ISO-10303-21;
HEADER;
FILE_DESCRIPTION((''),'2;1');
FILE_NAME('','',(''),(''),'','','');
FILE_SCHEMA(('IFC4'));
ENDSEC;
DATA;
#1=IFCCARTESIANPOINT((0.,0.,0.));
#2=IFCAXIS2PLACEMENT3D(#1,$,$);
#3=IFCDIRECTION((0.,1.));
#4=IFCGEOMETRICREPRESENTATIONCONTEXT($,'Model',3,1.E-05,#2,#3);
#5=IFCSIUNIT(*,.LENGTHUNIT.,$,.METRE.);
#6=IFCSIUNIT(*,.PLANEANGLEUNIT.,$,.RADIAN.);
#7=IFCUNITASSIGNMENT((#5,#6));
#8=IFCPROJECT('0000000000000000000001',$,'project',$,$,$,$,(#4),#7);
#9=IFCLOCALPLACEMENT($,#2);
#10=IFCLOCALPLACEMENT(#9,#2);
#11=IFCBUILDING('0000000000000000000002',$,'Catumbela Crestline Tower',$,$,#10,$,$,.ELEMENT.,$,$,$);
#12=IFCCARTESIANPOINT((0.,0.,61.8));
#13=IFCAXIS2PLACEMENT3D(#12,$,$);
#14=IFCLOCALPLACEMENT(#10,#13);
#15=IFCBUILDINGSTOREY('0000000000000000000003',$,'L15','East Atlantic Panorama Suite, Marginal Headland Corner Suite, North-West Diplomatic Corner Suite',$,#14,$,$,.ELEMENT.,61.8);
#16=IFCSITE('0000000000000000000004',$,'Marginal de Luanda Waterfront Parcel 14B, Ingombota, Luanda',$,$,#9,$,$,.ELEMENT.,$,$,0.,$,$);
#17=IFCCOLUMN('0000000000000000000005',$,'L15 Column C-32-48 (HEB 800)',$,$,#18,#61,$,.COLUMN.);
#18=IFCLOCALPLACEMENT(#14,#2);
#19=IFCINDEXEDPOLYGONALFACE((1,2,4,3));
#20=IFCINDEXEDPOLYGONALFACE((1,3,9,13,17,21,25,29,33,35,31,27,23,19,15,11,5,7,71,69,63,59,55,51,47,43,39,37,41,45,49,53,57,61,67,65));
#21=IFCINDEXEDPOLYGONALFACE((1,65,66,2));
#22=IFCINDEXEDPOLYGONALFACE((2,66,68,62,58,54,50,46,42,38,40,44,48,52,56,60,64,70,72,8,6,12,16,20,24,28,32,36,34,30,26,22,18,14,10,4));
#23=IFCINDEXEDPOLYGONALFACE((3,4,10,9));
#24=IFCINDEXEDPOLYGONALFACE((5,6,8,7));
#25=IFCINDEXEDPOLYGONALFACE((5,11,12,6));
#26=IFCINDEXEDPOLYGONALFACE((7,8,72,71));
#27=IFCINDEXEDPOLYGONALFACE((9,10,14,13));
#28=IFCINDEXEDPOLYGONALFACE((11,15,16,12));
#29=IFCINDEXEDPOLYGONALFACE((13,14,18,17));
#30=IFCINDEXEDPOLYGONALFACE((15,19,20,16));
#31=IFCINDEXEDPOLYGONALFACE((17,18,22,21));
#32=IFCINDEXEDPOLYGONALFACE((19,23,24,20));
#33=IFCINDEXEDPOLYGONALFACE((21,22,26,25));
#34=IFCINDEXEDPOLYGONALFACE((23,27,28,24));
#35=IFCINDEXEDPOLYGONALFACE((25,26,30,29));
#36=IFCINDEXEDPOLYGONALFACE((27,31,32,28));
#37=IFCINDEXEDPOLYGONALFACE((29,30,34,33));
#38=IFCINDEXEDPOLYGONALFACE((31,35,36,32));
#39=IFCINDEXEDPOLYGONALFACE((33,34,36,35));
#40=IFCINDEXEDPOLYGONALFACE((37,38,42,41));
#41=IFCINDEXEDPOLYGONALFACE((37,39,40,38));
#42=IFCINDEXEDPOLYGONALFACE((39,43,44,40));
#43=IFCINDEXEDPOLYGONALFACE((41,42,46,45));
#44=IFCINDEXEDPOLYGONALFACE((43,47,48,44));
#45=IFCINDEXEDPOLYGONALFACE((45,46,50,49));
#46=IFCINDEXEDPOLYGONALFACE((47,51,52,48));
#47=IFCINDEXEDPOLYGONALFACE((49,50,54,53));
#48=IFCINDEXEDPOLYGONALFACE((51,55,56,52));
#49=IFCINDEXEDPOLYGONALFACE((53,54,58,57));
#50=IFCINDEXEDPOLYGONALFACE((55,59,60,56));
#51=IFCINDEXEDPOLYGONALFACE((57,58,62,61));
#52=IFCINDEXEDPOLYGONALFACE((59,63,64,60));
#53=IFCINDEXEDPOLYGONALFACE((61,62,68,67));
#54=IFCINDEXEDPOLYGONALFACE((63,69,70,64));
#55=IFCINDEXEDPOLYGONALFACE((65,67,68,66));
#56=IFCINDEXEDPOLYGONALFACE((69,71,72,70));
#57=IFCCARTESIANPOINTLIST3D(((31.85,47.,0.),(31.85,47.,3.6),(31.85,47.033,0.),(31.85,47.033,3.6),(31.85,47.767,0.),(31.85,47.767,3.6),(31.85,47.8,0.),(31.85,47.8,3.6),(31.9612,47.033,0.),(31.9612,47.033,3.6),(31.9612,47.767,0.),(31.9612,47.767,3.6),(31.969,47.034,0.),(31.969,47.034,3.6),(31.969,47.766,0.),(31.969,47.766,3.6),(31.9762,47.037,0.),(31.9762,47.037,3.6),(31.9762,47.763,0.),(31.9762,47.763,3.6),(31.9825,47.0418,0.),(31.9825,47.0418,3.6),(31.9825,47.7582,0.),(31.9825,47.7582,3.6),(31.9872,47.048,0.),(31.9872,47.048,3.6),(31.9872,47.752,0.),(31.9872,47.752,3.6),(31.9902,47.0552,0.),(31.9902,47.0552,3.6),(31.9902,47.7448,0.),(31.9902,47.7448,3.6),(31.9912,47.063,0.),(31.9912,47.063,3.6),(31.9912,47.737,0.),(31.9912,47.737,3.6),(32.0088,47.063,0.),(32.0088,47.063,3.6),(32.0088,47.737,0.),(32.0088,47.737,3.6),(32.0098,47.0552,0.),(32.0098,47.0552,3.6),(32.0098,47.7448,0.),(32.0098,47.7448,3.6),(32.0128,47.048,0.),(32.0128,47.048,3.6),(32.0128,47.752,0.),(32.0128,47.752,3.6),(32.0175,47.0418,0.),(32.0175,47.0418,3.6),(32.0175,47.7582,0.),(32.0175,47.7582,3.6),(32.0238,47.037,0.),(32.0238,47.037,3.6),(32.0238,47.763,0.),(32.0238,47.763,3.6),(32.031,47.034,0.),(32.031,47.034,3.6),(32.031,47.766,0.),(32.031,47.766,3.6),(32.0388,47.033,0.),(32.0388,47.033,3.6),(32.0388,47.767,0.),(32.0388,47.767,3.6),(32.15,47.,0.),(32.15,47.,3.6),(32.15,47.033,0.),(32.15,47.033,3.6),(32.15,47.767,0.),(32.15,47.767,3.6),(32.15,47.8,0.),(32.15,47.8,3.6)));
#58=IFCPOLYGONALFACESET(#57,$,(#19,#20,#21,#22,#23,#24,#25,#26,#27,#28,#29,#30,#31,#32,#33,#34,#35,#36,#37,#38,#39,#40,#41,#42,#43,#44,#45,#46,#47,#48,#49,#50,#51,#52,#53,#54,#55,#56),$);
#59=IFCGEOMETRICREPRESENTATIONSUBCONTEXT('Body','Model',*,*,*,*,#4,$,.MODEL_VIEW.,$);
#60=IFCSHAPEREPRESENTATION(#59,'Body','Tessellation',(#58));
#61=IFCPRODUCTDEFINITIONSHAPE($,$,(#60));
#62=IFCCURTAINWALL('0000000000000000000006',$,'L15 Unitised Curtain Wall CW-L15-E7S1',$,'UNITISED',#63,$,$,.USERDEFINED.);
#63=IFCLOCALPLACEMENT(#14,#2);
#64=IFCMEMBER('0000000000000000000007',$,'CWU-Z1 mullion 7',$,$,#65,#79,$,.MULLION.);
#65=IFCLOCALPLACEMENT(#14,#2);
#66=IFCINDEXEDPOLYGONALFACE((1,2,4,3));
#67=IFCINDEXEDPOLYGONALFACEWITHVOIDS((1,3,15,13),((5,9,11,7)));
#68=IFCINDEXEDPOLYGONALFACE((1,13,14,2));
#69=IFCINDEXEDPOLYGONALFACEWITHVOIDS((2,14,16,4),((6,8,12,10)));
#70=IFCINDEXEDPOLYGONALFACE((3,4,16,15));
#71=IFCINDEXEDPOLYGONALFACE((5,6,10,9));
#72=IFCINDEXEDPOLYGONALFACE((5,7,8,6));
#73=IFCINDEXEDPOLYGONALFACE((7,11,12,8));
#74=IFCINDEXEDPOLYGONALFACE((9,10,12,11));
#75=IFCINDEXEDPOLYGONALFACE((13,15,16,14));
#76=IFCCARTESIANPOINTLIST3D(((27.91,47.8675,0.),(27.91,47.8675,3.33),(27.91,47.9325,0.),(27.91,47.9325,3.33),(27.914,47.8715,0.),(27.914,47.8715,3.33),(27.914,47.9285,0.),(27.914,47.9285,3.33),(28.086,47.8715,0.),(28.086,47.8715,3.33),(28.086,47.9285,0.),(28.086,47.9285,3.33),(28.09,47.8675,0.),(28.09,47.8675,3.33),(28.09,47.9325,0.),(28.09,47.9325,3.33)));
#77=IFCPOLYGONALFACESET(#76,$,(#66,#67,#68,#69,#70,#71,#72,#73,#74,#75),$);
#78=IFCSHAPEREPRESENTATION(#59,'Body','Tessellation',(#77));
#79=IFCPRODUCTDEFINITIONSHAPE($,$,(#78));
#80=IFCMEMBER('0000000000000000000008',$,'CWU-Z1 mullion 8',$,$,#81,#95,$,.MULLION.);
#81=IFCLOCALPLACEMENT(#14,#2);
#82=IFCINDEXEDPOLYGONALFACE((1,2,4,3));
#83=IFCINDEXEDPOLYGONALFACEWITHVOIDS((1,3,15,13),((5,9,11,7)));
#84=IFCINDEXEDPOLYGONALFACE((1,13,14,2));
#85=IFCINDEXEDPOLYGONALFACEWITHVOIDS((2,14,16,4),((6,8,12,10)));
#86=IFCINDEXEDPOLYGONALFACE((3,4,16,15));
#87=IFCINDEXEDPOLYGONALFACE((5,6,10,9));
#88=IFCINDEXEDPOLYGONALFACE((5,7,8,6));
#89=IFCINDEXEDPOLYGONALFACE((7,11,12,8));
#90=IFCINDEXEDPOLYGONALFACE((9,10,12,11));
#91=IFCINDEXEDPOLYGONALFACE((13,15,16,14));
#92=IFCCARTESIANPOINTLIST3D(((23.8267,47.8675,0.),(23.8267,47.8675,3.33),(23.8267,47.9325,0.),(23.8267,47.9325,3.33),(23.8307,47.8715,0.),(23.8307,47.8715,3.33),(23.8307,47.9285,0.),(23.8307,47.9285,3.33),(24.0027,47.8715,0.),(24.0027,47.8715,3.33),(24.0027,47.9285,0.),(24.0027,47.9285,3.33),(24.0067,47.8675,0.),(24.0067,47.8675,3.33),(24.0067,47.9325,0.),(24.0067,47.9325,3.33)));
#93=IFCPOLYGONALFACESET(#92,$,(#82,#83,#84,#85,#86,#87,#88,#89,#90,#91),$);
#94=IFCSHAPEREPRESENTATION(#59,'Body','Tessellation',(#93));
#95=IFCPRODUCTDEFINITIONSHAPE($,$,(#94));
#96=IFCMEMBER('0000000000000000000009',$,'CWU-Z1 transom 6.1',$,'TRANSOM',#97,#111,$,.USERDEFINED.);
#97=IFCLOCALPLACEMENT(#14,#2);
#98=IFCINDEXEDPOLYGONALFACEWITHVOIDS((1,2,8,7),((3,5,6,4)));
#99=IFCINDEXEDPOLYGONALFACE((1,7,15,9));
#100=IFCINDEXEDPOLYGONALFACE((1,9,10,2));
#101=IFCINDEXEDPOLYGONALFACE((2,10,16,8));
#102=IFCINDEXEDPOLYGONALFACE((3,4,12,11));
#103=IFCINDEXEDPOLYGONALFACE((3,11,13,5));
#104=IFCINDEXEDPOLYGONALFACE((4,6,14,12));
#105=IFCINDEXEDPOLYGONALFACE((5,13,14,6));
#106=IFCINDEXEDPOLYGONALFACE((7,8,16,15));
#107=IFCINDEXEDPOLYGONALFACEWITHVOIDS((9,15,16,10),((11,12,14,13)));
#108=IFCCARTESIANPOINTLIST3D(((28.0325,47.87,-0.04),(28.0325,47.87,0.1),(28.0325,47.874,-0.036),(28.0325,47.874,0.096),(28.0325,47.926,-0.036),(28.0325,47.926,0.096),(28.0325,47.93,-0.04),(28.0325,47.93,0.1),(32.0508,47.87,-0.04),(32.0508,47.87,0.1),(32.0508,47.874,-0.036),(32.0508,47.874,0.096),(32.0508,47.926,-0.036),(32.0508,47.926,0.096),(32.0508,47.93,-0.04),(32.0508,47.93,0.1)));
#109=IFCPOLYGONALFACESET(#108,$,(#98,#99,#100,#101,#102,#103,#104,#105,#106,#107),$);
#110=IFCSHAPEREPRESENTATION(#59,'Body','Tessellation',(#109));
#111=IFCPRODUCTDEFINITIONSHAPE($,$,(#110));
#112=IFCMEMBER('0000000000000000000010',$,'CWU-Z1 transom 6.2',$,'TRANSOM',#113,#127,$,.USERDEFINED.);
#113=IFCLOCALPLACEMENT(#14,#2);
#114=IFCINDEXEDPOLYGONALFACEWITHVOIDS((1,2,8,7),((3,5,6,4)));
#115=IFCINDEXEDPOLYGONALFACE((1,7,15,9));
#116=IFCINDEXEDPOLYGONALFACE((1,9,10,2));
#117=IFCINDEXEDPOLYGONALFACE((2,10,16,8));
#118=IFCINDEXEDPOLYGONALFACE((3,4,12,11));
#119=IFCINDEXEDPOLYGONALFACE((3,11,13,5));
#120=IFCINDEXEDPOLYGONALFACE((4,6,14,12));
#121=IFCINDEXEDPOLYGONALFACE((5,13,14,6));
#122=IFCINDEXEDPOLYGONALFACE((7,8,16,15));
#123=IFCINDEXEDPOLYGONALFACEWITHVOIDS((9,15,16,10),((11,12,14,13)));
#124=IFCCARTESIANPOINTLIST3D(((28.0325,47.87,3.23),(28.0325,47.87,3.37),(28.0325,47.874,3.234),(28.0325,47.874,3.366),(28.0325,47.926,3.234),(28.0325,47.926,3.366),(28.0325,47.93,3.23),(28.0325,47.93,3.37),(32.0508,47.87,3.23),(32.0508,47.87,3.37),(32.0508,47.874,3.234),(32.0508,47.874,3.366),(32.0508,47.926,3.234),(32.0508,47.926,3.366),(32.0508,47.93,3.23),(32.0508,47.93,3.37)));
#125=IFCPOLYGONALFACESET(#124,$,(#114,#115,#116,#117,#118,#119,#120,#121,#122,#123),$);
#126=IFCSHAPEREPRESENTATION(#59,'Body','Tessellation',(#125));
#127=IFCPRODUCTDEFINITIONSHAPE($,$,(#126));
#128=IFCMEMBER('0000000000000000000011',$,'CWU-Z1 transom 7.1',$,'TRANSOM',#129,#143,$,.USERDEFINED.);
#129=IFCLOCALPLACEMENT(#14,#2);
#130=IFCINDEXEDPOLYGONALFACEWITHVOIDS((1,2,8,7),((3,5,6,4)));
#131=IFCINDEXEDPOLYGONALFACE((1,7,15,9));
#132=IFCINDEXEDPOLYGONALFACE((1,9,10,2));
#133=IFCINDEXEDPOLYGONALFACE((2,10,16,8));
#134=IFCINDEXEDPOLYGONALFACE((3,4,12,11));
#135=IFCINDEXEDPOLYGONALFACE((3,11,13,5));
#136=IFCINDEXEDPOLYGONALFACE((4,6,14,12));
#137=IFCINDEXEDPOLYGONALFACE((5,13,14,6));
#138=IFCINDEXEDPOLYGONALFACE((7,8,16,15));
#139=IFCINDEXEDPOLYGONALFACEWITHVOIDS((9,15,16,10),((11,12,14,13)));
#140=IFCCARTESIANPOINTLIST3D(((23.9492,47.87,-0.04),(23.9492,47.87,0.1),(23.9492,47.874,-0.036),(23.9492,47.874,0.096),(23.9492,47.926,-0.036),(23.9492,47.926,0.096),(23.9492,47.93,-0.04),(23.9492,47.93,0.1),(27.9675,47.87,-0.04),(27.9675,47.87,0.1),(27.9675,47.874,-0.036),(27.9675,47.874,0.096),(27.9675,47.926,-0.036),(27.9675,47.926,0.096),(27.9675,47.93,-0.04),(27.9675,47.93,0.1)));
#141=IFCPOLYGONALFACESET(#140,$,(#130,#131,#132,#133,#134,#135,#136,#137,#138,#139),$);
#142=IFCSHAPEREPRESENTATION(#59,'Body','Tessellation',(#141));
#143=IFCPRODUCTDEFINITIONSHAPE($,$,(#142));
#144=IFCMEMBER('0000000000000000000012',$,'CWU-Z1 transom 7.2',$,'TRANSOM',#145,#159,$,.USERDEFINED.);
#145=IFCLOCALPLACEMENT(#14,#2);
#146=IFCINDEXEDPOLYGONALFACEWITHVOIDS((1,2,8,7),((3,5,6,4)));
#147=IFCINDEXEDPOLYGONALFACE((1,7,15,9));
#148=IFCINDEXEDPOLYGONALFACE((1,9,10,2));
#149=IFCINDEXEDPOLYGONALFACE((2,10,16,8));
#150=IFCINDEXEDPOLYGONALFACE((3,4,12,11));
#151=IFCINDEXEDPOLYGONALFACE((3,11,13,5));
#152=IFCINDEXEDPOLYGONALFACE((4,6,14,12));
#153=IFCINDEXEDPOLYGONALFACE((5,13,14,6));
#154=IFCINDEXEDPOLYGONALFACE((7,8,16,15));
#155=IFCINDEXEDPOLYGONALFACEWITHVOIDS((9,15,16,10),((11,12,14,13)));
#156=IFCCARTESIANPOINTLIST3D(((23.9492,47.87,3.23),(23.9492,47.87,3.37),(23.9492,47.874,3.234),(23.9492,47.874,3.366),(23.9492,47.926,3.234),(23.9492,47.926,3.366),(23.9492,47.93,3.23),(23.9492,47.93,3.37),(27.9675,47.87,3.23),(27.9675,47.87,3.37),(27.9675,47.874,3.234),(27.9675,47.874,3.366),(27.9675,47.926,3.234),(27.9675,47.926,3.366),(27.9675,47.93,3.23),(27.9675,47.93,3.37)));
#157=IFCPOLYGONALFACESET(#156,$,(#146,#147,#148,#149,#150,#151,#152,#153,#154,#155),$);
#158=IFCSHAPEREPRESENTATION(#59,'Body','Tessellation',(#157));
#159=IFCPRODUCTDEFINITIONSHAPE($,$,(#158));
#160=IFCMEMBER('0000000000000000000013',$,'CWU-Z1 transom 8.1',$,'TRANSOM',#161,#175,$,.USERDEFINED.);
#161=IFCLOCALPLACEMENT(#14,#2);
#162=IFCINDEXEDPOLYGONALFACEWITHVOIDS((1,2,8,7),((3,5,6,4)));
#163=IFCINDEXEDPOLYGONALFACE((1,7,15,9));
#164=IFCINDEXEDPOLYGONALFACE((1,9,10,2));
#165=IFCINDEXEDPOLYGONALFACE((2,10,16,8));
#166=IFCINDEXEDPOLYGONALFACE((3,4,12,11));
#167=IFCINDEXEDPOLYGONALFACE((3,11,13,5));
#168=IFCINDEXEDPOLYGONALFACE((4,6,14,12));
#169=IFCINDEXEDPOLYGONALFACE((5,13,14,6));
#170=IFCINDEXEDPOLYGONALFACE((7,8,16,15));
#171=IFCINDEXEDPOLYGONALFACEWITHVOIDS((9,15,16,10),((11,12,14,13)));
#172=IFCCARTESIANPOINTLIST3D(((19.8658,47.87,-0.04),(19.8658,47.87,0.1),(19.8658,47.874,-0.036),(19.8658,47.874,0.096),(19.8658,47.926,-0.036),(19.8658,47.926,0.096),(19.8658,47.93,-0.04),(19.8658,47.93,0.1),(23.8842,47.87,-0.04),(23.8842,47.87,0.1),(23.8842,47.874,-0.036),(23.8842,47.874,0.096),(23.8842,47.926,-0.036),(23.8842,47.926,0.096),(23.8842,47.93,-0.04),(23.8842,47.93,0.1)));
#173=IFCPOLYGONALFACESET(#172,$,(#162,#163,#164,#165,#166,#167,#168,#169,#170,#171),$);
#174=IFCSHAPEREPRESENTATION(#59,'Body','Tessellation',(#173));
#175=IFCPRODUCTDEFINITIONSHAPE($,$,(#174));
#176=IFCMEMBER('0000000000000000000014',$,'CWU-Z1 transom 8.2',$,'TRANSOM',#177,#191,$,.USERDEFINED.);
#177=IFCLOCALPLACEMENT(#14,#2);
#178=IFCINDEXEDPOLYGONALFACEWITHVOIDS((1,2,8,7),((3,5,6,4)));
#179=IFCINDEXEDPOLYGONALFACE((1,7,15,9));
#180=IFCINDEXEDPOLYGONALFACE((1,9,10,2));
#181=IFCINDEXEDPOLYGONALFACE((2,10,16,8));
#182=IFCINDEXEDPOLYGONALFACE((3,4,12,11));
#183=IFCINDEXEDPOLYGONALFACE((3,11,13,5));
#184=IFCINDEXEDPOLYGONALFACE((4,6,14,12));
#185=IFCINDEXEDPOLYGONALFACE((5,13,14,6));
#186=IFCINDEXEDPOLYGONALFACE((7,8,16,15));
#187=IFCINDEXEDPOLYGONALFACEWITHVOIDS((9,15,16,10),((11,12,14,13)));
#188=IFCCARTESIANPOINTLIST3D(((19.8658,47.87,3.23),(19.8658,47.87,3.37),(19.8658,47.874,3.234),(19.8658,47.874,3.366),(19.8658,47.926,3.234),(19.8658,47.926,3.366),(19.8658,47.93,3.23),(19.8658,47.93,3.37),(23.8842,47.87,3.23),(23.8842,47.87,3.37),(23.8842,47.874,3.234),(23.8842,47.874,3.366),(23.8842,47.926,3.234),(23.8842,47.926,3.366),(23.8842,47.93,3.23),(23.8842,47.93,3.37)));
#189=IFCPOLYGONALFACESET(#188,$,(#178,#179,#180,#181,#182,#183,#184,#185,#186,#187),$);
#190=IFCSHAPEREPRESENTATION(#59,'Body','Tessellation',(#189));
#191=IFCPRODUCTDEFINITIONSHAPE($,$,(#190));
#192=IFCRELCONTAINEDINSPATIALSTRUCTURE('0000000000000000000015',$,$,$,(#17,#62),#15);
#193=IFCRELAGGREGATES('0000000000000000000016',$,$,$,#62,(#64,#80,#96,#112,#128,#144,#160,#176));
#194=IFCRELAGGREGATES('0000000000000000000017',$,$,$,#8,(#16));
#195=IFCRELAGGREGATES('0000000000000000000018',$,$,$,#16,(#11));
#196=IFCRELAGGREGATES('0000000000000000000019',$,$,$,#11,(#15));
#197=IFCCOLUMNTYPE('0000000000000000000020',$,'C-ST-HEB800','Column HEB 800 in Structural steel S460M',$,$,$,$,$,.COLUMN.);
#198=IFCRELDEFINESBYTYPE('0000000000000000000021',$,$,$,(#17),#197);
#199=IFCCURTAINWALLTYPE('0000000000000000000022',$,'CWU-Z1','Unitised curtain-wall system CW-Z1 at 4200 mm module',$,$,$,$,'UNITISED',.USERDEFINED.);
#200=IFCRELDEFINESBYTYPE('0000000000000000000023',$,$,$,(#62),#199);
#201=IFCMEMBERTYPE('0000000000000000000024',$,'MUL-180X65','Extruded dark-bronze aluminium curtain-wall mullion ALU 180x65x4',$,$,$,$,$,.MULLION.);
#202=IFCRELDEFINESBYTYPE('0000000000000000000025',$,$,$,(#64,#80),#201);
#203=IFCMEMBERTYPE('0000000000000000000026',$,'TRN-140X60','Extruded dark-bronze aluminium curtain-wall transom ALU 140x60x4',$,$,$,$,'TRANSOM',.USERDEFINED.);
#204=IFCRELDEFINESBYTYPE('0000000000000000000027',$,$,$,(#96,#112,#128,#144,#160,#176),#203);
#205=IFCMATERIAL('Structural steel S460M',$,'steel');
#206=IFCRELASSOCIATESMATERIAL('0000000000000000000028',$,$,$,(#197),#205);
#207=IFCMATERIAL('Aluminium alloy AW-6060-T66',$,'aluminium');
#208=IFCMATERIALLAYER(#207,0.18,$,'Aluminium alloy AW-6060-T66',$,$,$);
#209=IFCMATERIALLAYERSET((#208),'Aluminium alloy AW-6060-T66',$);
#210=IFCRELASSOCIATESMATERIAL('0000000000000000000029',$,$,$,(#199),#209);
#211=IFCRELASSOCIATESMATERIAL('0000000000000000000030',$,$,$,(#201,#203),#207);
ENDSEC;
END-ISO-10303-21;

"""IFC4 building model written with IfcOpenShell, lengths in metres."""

from ifc_helpers import new_model, si_unit, direction, frame, origin, origin_2d, place, context, subcontext, project, spatial, hollow_rectangle, i_section, extrude, material, layer, layer_set, material_profile, profile_set, type_object, element, aggregate, save


model = new_model("IFC4")

# Units and contexts
model_context = context("Model", 3, precision=1e-05, world=origin(), true_north=direction((0.0, 1.0)))
body_context = subcontext(model_context, "Body", "Model", "MODEL_VIEW")
ifc_project = project(units=[si_unit("LENGTHUNIT", "METRE"), si_unit("PLANEANGLEUNIT", "RADIAN")], contexts=[model_context])

# Site, building, storey
site_placement = place(None, origin())
site = spatial("IfcSite", under=ifc_project, at=site_placement, Name="Marginal de Luanda Waterfront Parcel 14B, Ingombota, Luanda", CompositionType="ELEMENT", RefElevation=0.0)
building_placement = place(site_placement, origin())
building = spatial("IfcBuilding", under=site, at=building_placement, Name="Catumbela Crestline Tower", CompositionType="ELEMENT")
storey_placement = place(building_placement, frame((0.0, 0.0, 61.8)))
storey = spatial("IfcBuildingStorey", under=building, at=storey_placement, Name="L15", Description="East Atlantic Panorama Suite, Marginal Headland Corner Suite, North-West Diplomatic Corner Suite", CompositionType="ELEMENT", Elevation=61.8)

# Column
ifc_material_1 = material(Name="Structural steel S460M", Category="steel")
ifc_material_profile_1 = material_profile(ifc_material_1, i_section(OverallWidth=0.3, OverallDepth=0.8, WebThickness=0.0175, FlangeThickness=0.033, FilletRadius=0.03, at=origin_2d()), Name="HEB 800")
ifc_profile_set_1 = profile_set([ifc_material_profile_1], Name="Structural steel S460M")
column_type = type_object("IfcColumnType", Name="C-ST-HEB800", Description="Column HEB 800 in Structural steel S460M", PredefinedType="COLUMN", material=ifc_profile_set_1)
column_placement = place(storey_placement, frame((32.0, 47.4, 0.0), z_axis=(0.0, 0.0, 1.0), x_axis=(1.0, 0.0, 0.0)))
element("IfcColumn", 1, at=column_placement, inside=storey, type_object=column_type, Name="L15 Column C-32-48 (HEB 800)", PredefinedType="COLUMN", context=body_context, shape_type="SweptSolid", body=[
    extrude(i_section(OverallWidth=0.3, OverallDepth=0.8, WebThickness=0.0175, FlangeThickness=0.033, FilletRadius=0.03, at=origin_2d()), origin(), (0.0, 0.0, 1.0), 3.6),
])

# Curtain wall, members
ifc_material_2 = material(Name="Aluminium alloy AW-6060-T66", Category="aluminium")
ifc_layer_1 = layer(ifc_material_2, 0.18, Name="Aluminium alloy AW-6060-T66")
ifc_layer_set_1 = layer_set([ifc_layer_1], Name="Aluminium alloy AW-6060-T66")
curtain_wall_type = type_object("IfcCurtainWallType", Name="CWU-Z1", Description="Unitised curtain-wall system CW-Z1 at 4200 mm module", ElementType="UNITISED", PredefinedType="USERDEFINED", material=ifc_layer_set_1)
curtain_wall_placement = place(storey_placement, origin())
curtain_wall = element("IfcCurtainWall", 2, at=curtain_wall_placement, inside=storey, type_object=curtain_wall_type, Name="L15 Unitised Curtain Wall CW-L15-E7S1", ObjectType="UNITISED", PredefinedType="USERDEFINED")
ifc_material_profile_2 = material_profile(ifc_material_2, hollow_rectangle(XDim=0.065, YDim=0.18, WallThickness=0.004, at=origin_2d()), Name="ALU 180x65x4")
ifc_profile_set_2 = profile_set([ifc_material_profile_2], Name="Aluminium alloy AW-6060-T66")
member_type_1 = type_object("IfcMemberType", Name="MUL-180X65", Description="Extruded dark-bronze aluminium curtain-wall mullion ALU 180x65x4", PredefinedType="MULLION", material=ifc_profile_set_2)
member_1_placement = place(storey_placement, frame((28.0, 47.9, 0.0), z_axis=(0.0, 0.0, 1.0), x_axis=(0.0, -1.0, 0.0)))
member_1 = element("IfcMember", 3, at=member_1_placement, type_object=member_type_1, Name="CWU-Z1 mullion 7", PredefinedType="MULLION", context=body_context, shape_type="SweptSolid", body=[
    extrude(hollow_rectangle(XDim=0.065, YDim=0.18, WallThickness=0.004, at=origin_2d()), origin(), (0.0, 0.0, 1.0), 3.33),
])
member_2_placement = place(storey_placement, frame((23.9167, 47.9, 0.0), z_axis=(0.0, 0.0, 1.0), x_axis=(0.0, -1.0, 0.0)))
member_2 = element("IfcMember", 4, at=member_2_placement, type_object=member_type_1, Name="CWU-Z1 mullion 8", PredefinedType="MULLION", context=body_context, shape_type="SweptSolid", body=[
    extrude(hollow_rectangle(XDim=0.065, YDim=0.18, WallThickness=0.004, at=origin_2d()), origin(), (0.0, 0.0, 1.0), 3.33),
])
ifc_material_profile_3 = material_profile(ifc_material_2, hollow_rectangle(XDim=0.06, YDim=0.14, WallThickness=0.004, at=origin_2d()), Name="ALU 140x60x4")
ifc_profile_set_3 = profile_set([ifc_material_profile_3], Name="Aluminium alloy AW-6060-T66")
member_type_2 = type_object("IfcMemberType", Name="TRN-140X60", Description="Extruded dark-bronze aluminium curtain-wall transom ALU 140x60x4", ElementType="TRANSOM", PredefinedType="USERDEFINED", material=ifc_profile_set_3)
member_3_placement = place(storey_placement, frame((32.0508, 47.9, 0.03), z_axis=(-1.0, 0.0, 0.0), x_axis=(0.0, -1.0, 0.0)))
member_3 = element("IfcMember", 5, at=member_3_placement, type_object=member_type_2, Name="CWU-Z1 transom 6.1", ObjectType="TRANSOM", PredefinedType="USERDEFINED", context=body_context, shape_type="SweptSolid", body=[
    extrude(hollow_rectangle(XDim=0.06, YDim=0.14, WallThickness=0.004, at=origin_2d()), origin(), (0.0, 0.0, 1.0), 4.0183),
])
member_4_placement = place(storey_placement, frame((32.0508, 47.9, 3.3), z_axis=(-1.0, 0.0, 0.0), x_axis=(0.0, -1.0, 0.0)))
member_4 = element("IfcMember", 6, at=member_4_placement, type_object=member_type_2, Name="CWU-Z1 transom 6.2", ObjectType="TRANSOM", PredefinedType="USERDEFINED", context=body_context, shape_type="SweptSolid", body=[
    extrude(hollow_rectangle(XDim=0.06, YDim=0.14, WallThickness=0.004, at=origin_2d()), origin(), (0.0, 0.0, 1.0), 4.0183),
])
member_5_placement = place(storey_placement, frame((27.9675, 47.9, 0.03), z_axis=(-1.0, 0.0, 0.0), x_axis=(0.0, -1.0, 0.0)))
member_5 = element("IfcMember", 7, at=member_5_placement, type_object=member_type_2, Name="CWU-Z1 transom 7.1", ObjectType="TRANSOM", PredefinedType="USERDEFINED", context=body_context, shape_type="SweptSolid", body=[
    extrude(hollow_rectangle(XDim=0.06, YDim=0.14, WallThickness=0.004, at=origin_2d()), origin(), (0.0, 0.0, 1.0), 4.0183),
])
member_6_placement = place(storey_placement, frame((27.9675, 47.9, 3.3), z_axis=(-1.0, 0.0, 0.0), x_axis=(0.0, -1.0, 0.0)))
member_6 = element("IfcMember", 8, at=member_6_placement, type_object=member_type_2, Name="CWU-Z1 transom 7.2", ObjectType="TRANSOM", PredefinedType="USERDEFINED", context=body_context, shape_type="SweptSolid", body=[
    extrude(hollow_rectangle(XDim=0.06, YDim=0.14, WallThickness=0.004, at=origin_2d()), origin(), (0.0, 0.0, 1.0), 4.0183),
])
member_7_placement = place(storey_placement, frame((23.8842, 47.9, 0.03), z_axis=(-1.0, 0.0, 0.0), x_axis=(0.0, -1.0, 0.0)))
member_7 = element("IfcMember", 9, at=member_7_placement, type_object=member_type_2, Name="CWU-Z1 transom 8.1", ObjectType="TRANSOM", PredefinedType="USERDEFINED", context=body_context, shape_type="SweptSolid", body=[
    extrude(hollow_rectangle(XDim=0.06, YDim=0.14, WallThickness=0.004, at=origin_2d()), origin(), (0.0, 0.0, 1.0), 4.0184),
])
member_8_placement = place(storey_placement, frame((23.8842, 47.9, 3.3), z_axis=(-1.0, 0.0, 0.0), x_axis=(0.0, -1.0, 0.0)))
member_8 = element("IfcMember", 10, at=member_8_placement, type_object=member_type_2, Name="CWU-Z1 transom 8.2", ObjectType="TRANSOM", PredefinedType="USERDEFINED", context=body_context, shape_type="SweptSolid", body=[
    extrude(hollow_rectangle(XDim=0.06, YDim=0.14, WallThickness=0.004, at=origin_2d()), origin(), (0.0, 0.0, 1.0), 4.0184),
])
aggregate(curtain_wall, [member_1, member_2, member_3, member_4, member_5, member_6, member_7, member_8])

save(model, "model.ifc")
